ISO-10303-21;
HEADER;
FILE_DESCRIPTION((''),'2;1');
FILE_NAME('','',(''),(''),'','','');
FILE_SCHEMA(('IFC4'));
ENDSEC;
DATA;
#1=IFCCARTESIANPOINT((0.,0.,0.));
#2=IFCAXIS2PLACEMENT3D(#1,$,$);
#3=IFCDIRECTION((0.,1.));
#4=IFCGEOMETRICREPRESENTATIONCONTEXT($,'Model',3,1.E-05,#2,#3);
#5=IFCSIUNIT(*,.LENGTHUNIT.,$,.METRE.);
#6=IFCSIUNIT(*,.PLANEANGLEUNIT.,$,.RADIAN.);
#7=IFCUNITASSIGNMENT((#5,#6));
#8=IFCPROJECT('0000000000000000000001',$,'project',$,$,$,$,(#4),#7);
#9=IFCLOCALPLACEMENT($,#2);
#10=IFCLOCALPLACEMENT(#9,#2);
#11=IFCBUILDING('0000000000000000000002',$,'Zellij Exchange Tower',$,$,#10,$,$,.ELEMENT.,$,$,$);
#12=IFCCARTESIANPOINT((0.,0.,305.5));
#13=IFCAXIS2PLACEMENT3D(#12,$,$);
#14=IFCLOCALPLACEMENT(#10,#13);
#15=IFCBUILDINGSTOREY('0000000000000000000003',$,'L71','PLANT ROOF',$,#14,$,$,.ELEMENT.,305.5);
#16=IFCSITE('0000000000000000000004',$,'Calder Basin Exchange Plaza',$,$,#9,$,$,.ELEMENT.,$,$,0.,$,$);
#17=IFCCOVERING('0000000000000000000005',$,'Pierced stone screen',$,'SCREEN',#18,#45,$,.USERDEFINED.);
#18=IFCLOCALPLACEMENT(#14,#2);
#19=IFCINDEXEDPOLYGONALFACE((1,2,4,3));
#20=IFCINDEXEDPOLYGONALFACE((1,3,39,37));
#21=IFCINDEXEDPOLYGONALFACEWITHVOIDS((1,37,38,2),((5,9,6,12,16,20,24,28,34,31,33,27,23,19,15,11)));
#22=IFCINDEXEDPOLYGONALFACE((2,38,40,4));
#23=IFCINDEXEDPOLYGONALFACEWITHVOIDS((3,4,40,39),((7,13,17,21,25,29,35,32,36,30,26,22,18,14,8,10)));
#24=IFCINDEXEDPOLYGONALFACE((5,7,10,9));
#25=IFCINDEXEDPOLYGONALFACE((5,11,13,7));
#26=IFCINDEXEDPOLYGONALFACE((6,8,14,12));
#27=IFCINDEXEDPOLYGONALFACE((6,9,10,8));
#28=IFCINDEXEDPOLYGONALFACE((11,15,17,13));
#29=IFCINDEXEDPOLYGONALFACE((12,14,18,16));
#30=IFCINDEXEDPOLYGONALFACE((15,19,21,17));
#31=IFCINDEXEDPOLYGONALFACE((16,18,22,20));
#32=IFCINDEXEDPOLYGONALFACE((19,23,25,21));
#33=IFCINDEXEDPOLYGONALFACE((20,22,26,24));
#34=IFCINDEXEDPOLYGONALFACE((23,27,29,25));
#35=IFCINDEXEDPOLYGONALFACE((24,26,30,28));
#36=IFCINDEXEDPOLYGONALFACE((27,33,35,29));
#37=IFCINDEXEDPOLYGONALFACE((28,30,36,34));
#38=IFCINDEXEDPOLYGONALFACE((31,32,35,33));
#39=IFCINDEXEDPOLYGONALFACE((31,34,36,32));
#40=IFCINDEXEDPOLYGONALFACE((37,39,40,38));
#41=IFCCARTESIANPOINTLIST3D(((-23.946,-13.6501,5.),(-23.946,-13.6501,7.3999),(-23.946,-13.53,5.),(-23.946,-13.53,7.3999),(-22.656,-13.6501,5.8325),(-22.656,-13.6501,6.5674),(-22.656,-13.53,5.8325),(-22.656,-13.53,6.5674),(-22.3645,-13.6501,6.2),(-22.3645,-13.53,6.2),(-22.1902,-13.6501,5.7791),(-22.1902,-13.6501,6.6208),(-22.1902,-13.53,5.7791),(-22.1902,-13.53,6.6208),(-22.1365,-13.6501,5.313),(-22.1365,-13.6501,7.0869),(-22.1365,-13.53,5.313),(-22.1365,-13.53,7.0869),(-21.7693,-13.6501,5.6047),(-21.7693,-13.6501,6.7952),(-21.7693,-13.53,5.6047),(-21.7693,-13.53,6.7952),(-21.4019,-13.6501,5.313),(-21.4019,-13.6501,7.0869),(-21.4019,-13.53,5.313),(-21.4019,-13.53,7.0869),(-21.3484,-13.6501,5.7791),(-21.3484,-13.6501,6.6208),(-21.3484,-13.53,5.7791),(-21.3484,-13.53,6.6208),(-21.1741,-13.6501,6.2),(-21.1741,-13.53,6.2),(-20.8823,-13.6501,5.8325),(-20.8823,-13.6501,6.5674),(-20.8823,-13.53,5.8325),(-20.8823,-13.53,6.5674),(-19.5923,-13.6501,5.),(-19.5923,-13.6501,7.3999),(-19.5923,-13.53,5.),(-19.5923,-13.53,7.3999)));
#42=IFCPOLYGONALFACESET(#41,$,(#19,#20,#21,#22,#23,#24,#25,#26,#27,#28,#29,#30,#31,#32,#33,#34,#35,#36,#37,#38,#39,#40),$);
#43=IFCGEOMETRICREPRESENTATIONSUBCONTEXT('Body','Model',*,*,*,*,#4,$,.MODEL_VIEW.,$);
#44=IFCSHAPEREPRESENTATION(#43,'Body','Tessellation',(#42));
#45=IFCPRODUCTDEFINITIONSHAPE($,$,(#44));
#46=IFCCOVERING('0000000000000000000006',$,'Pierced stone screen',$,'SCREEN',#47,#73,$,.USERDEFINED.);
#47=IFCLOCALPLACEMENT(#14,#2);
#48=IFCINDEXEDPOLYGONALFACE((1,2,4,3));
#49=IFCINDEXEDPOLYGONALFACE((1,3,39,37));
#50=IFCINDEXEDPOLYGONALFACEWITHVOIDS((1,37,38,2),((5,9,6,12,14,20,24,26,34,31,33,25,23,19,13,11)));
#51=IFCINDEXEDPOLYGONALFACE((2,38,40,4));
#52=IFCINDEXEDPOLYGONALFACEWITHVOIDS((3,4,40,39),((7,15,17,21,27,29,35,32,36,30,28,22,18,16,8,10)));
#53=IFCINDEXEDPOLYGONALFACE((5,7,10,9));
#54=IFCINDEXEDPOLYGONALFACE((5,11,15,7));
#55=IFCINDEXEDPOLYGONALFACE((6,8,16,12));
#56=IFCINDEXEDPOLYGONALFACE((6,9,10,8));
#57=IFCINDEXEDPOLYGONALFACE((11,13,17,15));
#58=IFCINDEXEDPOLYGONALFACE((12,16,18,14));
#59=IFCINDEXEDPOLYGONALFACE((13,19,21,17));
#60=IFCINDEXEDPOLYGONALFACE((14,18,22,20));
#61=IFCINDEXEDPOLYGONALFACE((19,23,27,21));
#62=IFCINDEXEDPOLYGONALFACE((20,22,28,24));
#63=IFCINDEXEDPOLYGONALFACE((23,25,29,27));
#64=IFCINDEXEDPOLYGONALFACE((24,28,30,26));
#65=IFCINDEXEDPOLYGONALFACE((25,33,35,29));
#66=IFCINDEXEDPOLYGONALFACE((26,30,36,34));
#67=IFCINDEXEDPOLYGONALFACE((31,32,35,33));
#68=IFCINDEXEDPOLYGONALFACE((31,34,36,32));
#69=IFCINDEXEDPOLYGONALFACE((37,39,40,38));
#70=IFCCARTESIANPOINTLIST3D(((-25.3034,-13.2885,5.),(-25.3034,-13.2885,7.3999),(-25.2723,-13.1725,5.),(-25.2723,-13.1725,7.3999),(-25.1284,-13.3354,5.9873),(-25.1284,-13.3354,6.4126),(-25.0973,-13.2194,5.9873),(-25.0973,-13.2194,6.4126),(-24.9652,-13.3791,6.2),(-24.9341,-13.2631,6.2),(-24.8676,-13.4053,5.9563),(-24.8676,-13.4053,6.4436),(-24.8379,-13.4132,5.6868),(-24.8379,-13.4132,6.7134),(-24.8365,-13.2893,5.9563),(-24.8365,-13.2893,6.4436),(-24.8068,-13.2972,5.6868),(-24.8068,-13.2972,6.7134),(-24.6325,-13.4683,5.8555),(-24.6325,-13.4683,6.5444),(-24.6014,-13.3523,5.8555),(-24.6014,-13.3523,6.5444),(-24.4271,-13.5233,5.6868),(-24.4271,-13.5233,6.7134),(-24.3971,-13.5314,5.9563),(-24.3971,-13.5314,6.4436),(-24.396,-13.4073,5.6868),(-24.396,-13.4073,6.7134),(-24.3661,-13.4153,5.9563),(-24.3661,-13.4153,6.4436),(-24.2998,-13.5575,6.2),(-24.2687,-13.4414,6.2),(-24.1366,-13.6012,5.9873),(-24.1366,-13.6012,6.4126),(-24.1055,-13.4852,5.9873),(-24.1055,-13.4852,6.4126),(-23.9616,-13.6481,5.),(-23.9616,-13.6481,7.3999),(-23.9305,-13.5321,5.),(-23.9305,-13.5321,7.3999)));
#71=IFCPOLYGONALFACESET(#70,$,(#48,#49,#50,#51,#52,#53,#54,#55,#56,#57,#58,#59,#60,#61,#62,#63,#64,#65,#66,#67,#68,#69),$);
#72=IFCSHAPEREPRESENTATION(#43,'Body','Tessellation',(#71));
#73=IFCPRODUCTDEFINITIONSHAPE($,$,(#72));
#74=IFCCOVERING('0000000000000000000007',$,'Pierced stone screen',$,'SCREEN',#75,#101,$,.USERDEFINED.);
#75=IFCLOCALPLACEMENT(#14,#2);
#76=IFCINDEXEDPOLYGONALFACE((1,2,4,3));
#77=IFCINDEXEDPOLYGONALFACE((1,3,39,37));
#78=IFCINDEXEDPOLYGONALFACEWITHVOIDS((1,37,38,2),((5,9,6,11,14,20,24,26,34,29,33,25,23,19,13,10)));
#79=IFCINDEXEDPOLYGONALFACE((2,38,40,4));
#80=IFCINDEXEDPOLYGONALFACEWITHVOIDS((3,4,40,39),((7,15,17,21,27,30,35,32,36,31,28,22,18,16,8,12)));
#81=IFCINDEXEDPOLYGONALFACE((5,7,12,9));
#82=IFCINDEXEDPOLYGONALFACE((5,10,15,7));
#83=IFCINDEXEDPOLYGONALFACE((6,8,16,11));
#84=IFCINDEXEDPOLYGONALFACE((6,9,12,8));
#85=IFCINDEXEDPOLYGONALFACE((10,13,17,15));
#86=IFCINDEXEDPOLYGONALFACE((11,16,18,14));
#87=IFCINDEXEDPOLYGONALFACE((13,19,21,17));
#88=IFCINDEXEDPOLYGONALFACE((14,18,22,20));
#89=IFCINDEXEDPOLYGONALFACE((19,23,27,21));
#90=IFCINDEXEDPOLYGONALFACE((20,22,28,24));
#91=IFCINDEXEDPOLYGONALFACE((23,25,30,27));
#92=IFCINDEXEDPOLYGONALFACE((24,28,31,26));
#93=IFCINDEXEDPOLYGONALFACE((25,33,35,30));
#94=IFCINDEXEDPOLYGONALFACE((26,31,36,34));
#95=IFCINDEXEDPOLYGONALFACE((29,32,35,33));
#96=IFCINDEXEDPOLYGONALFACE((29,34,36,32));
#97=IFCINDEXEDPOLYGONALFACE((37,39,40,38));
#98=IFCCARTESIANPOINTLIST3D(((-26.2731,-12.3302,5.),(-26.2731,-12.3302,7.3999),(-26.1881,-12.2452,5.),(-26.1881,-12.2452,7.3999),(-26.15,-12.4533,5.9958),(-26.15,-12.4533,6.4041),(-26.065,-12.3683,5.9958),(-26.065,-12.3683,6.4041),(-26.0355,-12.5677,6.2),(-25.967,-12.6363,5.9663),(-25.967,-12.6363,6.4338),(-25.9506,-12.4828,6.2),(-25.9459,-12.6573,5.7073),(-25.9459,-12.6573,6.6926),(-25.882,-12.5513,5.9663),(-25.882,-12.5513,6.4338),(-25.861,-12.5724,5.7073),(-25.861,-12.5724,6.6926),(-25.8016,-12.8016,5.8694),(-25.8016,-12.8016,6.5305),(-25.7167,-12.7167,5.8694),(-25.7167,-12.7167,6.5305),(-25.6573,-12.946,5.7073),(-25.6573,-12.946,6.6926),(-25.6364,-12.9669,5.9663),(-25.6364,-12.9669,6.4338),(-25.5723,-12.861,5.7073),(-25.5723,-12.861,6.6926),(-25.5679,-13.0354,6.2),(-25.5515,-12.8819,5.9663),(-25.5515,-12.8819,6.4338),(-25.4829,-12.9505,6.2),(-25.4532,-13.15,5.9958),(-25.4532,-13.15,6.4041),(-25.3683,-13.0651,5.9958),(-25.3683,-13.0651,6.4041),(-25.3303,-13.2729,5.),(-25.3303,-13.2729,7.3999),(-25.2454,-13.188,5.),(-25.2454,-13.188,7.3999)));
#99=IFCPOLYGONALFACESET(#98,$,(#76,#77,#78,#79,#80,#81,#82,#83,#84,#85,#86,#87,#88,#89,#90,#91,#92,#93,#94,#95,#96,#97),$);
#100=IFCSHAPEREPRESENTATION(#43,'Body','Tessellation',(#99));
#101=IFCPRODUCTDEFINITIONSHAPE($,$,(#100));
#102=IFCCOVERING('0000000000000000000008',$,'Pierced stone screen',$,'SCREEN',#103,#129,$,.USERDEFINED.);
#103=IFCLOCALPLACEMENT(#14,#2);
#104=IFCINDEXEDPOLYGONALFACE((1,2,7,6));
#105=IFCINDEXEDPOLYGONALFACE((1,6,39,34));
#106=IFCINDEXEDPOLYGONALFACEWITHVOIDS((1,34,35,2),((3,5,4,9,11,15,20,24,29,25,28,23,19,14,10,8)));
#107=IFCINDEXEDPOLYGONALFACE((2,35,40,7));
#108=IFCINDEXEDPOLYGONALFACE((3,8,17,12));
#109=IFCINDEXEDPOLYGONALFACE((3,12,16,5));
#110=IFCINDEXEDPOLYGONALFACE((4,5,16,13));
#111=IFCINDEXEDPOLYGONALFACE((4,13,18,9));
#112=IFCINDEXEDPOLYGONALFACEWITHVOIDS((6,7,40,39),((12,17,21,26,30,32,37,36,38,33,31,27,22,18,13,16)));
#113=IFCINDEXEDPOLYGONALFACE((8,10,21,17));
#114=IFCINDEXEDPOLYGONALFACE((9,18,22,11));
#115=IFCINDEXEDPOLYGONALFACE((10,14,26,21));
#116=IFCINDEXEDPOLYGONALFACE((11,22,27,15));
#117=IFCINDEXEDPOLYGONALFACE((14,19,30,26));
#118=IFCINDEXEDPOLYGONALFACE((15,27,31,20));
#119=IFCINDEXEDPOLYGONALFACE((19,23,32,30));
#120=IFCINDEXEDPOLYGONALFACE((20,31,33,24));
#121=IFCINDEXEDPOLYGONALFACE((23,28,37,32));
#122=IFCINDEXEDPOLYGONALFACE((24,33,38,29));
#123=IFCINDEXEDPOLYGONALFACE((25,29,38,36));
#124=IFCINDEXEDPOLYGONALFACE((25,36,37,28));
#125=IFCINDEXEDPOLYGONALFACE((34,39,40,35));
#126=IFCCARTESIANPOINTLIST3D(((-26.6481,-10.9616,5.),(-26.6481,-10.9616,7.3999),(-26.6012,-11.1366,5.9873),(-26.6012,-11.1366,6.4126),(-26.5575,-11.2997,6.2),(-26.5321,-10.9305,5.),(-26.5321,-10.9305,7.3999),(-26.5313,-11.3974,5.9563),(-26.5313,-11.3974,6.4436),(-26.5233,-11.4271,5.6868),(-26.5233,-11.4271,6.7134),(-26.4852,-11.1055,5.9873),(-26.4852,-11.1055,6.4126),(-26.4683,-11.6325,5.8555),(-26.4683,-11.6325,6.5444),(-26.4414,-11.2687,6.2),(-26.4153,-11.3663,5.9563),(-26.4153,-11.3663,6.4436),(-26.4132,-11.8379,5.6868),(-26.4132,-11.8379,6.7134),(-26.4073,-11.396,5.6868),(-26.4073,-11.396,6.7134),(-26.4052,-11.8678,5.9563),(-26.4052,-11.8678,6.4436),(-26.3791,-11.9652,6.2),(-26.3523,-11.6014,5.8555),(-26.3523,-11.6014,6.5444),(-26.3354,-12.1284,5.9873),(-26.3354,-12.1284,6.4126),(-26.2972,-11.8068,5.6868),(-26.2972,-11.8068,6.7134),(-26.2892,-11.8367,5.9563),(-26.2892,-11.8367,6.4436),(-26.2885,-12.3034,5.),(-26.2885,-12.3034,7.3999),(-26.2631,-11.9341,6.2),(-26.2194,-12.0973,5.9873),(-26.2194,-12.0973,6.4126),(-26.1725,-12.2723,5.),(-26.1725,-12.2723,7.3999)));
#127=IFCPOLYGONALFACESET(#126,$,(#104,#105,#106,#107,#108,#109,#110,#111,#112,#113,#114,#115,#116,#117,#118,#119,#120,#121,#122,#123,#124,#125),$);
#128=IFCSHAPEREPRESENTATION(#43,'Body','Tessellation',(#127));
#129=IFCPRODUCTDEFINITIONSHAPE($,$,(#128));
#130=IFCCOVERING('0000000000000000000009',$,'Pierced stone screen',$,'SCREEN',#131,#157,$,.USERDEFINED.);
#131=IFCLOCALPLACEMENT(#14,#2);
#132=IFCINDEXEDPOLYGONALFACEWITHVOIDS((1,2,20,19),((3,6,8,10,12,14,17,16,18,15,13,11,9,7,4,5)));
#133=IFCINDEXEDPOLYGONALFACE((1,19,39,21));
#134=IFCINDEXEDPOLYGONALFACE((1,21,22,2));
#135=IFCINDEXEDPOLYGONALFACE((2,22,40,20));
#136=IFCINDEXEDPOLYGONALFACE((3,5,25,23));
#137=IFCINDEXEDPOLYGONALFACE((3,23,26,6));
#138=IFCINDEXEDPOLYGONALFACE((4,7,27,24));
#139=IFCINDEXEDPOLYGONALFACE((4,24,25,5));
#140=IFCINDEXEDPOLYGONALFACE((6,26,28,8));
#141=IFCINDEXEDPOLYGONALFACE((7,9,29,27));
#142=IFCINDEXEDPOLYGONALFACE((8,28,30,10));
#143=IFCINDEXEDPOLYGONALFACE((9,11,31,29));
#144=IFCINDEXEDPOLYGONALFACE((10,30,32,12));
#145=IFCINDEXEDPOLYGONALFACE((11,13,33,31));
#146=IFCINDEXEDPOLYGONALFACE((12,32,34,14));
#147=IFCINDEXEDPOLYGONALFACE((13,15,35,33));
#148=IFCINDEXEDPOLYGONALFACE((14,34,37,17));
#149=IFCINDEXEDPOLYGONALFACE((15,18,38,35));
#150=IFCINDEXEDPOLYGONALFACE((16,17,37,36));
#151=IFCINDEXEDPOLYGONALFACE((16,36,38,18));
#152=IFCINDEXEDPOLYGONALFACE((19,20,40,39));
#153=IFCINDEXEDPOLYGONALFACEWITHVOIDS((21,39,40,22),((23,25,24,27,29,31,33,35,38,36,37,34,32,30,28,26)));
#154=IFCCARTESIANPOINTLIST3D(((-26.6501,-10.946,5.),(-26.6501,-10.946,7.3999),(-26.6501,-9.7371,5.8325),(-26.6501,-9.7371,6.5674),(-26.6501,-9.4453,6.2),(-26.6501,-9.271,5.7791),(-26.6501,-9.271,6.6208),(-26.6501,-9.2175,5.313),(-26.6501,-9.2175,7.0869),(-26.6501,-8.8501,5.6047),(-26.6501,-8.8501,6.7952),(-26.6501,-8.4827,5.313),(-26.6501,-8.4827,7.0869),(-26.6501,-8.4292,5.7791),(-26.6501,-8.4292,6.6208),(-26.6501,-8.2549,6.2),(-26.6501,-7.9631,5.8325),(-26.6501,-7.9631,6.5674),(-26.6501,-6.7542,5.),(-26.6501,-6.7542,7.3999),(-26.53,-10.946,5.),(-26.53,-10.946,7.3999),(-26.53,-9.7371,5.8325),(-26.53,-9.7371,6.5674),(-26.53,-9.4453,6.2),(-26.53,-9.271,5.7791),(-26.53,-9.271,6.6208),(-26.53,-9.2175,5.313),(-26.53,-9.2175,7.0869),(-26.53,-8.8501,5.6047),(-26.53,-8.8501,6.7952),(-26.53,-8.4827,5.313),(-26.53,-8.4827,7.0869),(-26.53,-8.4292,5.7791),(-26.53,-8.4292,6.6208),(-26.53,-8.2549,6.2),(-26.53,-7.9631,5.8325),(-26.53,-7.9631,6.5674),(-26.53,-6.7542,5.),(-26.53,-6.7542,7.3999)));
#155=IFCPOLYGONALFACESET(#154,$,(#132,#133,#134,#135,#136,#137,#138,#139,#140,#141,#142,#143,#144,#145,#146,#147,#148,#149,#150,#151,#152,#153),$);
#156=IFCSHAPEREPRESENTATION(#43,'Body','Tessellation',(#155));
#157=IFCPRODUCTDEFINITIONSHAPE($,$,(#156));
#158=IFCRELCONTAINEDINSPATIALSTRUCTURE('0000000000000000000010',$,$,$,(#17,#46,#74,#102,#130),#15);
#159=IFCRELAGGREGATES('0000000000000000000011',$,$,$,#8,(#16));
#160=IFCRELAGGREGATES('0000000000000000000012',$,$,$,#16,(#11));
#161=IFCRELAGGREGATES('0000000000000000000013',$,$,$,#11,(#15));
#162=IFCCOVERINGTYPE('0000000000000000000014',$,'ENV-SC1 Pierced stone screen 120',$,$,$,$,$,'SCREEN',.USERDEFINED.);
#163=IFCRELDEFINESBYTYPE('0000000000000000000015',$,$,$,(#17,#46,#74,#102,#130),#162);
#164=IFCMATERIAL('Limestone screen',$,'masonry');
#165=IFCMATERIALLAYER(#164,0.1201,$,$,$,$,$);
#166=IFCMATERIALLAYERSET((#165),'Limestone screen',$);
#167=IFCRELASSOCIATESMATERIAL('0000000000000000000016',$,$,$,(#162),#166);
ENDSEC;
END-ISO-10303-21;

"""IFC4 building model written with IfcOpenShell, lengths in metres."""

from ifc_helpers import new_model, si_unit, direction, frame, origin, place, context, subcontext, project, spatial, polyline, outline, extrude, material, layer, layer_set, type_object, element, save


model = new_model("IFC4")

# Units and contexts
model_context = context("Model", 3, precision=1e-05, world=origin(), true_north=direction((0.0, 1.0)))
body_context = subcontext(model_context, "Body", "Model", "MODEL_VIEW")
ifc_project = project(units=[si_unit("LENGTHUNIT", "METRE"), si_unit("PLANEANGLEUNIT", "RADIAN")], contexts=[model_context])

# Site, building, storey
site_placement = place(None, origin())
site = spatial("IfcSite", under=ifc_project, at=site_placement, Name="Calder Basin Exchange Plaza", CompositionType="ELEMENT", RefElevation=0.0)
building_placement = place(site_placement, origin())
building = spatial("IfcBuilding", under=site, at=building_placement, Name="Zellij Exchange Tower", CompositionType="ELEMENT")
storey_placement = place(building_placement, frame((0.0, 0.0, 305.5)))
storey = spatial("IfcBuildingStorey", under=building, at=storey_placement, Name="L71", Description="PLANT ROOF", CompositionType="ELEMENT", Elevation=305.5)

# Coverings
ifc_material_1 = material(Name="Limestone screen", Category="masonry")
ifc_layer_1 = layer(ifc_material_1, 0.1201)
ifc_layer_set_1 = layer_set([ifc_layer_1], Name="Limestone screen")
covering_type_1 = type_object("IfcCoveringType", Name="ENV-SC1 Pierced stone screen 120", ElementType="SCREEN", PredefinedType="USERDEFINED", material=ifc_layer_set_1)
covering_1_placement = place(storey_placement, frame((-19.5923, -13.5901, 5.0), z_axis=(0.0, 0.0, 1.0), x_axis=(-1.0, 0.0, 0.0)))
element("IfcCovering", 1, at=covering_1_placement, inside=storey, type_object=covering_type_1, Name="Pierced stone screen", ObjectType="SCREEN", PredefinedType="USERDEFINED", context=body_context, shape_type="SweptSolid", body=[
    extrude(outline(polyline([(0.0, 0.0), (4.3538, 0.0), (4.3538, 2.3999), (0.0, 2.3999), (0.0, 0.0)]), holes=[polyline([(3.0637, 1.5674), (2.5979, 1.6208), (2.5442, 2.0869), (2.177, 1.7952), (1.8096, 2.0869), (1.7561, 1.6208), (1.29, 1.5674), (1.5818, 1.2), (1.29, 0.8325), (1.7561, 0.7791), (1.8096, 0.313), (2.177, 0.6047), (2.5442, 0.313), (2.5979, 0.7791), (3.0637, 0.8325), (2.7722, 1.2), (3.0637, 1.5674)])]), frame((0.0, 0.0601, 0.0), z_axis=(0.0, -1.0, 0.0), x_axis=(1.0, 0.0, 0.0)), (0.0, 0.0, 1.0), 0.1201),
])
covering_2_placement = place(storey_placement, frame((-23.946, -13.5901, 5.0), z_axis=(0.0, 0.0, 1.0), x_axis=(-0.96591, 0.258877, 0.0)))
element("IfcCovering", 2, at=covering_2_placement, inside=storey, type_object=covering_type_1, Name="Pierced stone screen", ObjectType="SCREEN", PredefinedType="USERDEFINED", context=body_context, shape_type="SweptSolid", body=[
    extrude(outline(polyline([(0.0, 0.0), (1.3892, 0.0), (1.3892, 2.3999), (0.0, 2.3999), (0.0, 0.0)]), holes=[polyline([(1.208, 1.4126), (0.938, 1.4436), (0.9072, 1.7134), (0.6946, 1.5444), (0.4819, 1.7134), (0.4509, 1.4436), (0.1812, 1.4126), (0.3501, 1.2), (0.1812, 0.9873), (0.4509, 0.9563), (0.4819, 0.6868), (0.6946, 0.8555), (0.9072, 0.6868), (0.938, 0.9563), (1.208, 0.9873), (1.0391, 1.2), (1.208, 1.4126)])]), frame((0.0, 0.0601, 0.0), z_axis=(0.0, -1.0, 0.0), x_axis=(1.0, 0.0, 0.0)), (0.0, 0.0, 1.0), 0.1201),
])
covering_3_placement = place(storey_placement, frame((-25.2878, -13.2305, 5.0), z_axis=(0.0, 0.0, 1.0), x_axis=(-0.707107, 0.707107, 0.0)))
element("IfcCovering", 3, at=covering_3_placement, inside=storey, type_object=covering_type_1, Name="Pierced stone screen", ObjectType="SCREEN", PredefinedType="USERDEFINED", context=body_context, shape_type="SweptSolid", body=[
    extrude(outline(polyline([(0.0, 0.0), (1.3333, 0.0), (1.3333, 2.3999), (0.0, 2.3999), (0.0, 0.0)]), holes=[polyline([(1.1592, 1.4041), (0.9004, 1.4338), (0.8706, 1.6926), (0.6665, 1.5305), (0.4624, 1.6926), (0.4329, 1.4338), (0.1738, 1.4041), (0.3359, 1.2), (0.1738, 0.9958), (0.4329, 0.9663), (0.4624, 0.7073), (0.6665, 0.8694), (0.8706, 0.7073), (0.9004, 0.9663), (1.1592, 0.9958), (0.9973, 1.2), (1.1592, 1.4041)])]), frame((0.0, 0.0601, 0.0), z_axis=(0.0, -1.0, 0.0), x_axis=(1.0, 0.0, 0.0)), (0.0, 0.0, 1.0), 0.1201),
])
covering_4_placement = place(storey_placement, frame((-26.2305, -12.2878, 5.0), z_axis=(0.0, 0.0, 1.0), x_axis=(-0.258877, 0.96591, 0.0)))
element("IfcCovering", 4, at=covering_4_placement, inside=storey, type_object=covering_type_1, Name="Pierced stone screen", ObjectType="SCREEN", PredefinedType="USERDEFINED", context=body_context, shape_type="SweptSolid", body=[
    extrude(outline(polyline([(0.0, 0.0), (1.3892, 0.0), (1.3892, 2.3999), (0.0, 2.3999), (0.0, 0.0)]), holes=[polyline([(1.208, 1.4126), (0.938, 1.4436), (0.9072, 1.7134), (0.6946, 1.5444), (0.4819, 1.7134), (0.4509, 1.4436), (0.1812, 1.4126), (0.3501, 1.2), (0.1812, 0.9873), (0.4509, 0.9563), (0.4819, 0.6868), (0.6946, 0.8555), (0.9072, 0.6868), (0.938, 0.9563), (1.208, 0.9873), (1.0391, 1.2), (1.208, 1.4126)])]), frame((0.0, 0.0601, 0.0), z_axis=(0.0, -1.0, 0.0), x_axis=(1.0, 0.0, 0.0)), (0.0, 0.0, 1.0), 0.1201),
])
covering_5_placement = place(storey_placement, frame((-26.5901, -10.946, 5.0), z_axis=(0.0, 0.0, 1.0), x_axis=(0.0, 1.0, 0.0)))
element("IfcCovering", 5, at=covering_5_placement, inside=storey, type_object=covering_type_1, Name="Pierced stone screen", ObjectType="SCREEN", PredefinedType="USERDEFINED", context=body_context, shape_type="SweptSolid", body=[
    extrude(outline(polyline([(0.0, 0.0), (4.1919, 0.0), (4.1919, 2.3999), (0.0, 2.3999), (0.0, 0.0)]), holes=[polyline([(2.9829, 1.5674), (2.5168, 1.6208), (2.4634, 2.0869), (2.0959, 1.7952), (1.7285, 2.0869), (1.675, 1.6208), (1.209, 1.5674), (1.5007, 1.2), (1.209, 0.8325), (1.675, 0.7791), (1.7285, 0.313), (2.0959, 0.6047), (2.4634, 0.313), (2.5168, 0.7791), (2.9829, 0.8325), (2.6912, 1.2), (2.9829, 1.5674)])]), frame((0.0, 0.0601, 0.0), z_axis=(0.0, -1.0, 0.0), x_axis=(1.0, 0.0, 0.0)), (0.0, 0.0, 1.0), 0.1201),
])

save(model, "model.ifc")
